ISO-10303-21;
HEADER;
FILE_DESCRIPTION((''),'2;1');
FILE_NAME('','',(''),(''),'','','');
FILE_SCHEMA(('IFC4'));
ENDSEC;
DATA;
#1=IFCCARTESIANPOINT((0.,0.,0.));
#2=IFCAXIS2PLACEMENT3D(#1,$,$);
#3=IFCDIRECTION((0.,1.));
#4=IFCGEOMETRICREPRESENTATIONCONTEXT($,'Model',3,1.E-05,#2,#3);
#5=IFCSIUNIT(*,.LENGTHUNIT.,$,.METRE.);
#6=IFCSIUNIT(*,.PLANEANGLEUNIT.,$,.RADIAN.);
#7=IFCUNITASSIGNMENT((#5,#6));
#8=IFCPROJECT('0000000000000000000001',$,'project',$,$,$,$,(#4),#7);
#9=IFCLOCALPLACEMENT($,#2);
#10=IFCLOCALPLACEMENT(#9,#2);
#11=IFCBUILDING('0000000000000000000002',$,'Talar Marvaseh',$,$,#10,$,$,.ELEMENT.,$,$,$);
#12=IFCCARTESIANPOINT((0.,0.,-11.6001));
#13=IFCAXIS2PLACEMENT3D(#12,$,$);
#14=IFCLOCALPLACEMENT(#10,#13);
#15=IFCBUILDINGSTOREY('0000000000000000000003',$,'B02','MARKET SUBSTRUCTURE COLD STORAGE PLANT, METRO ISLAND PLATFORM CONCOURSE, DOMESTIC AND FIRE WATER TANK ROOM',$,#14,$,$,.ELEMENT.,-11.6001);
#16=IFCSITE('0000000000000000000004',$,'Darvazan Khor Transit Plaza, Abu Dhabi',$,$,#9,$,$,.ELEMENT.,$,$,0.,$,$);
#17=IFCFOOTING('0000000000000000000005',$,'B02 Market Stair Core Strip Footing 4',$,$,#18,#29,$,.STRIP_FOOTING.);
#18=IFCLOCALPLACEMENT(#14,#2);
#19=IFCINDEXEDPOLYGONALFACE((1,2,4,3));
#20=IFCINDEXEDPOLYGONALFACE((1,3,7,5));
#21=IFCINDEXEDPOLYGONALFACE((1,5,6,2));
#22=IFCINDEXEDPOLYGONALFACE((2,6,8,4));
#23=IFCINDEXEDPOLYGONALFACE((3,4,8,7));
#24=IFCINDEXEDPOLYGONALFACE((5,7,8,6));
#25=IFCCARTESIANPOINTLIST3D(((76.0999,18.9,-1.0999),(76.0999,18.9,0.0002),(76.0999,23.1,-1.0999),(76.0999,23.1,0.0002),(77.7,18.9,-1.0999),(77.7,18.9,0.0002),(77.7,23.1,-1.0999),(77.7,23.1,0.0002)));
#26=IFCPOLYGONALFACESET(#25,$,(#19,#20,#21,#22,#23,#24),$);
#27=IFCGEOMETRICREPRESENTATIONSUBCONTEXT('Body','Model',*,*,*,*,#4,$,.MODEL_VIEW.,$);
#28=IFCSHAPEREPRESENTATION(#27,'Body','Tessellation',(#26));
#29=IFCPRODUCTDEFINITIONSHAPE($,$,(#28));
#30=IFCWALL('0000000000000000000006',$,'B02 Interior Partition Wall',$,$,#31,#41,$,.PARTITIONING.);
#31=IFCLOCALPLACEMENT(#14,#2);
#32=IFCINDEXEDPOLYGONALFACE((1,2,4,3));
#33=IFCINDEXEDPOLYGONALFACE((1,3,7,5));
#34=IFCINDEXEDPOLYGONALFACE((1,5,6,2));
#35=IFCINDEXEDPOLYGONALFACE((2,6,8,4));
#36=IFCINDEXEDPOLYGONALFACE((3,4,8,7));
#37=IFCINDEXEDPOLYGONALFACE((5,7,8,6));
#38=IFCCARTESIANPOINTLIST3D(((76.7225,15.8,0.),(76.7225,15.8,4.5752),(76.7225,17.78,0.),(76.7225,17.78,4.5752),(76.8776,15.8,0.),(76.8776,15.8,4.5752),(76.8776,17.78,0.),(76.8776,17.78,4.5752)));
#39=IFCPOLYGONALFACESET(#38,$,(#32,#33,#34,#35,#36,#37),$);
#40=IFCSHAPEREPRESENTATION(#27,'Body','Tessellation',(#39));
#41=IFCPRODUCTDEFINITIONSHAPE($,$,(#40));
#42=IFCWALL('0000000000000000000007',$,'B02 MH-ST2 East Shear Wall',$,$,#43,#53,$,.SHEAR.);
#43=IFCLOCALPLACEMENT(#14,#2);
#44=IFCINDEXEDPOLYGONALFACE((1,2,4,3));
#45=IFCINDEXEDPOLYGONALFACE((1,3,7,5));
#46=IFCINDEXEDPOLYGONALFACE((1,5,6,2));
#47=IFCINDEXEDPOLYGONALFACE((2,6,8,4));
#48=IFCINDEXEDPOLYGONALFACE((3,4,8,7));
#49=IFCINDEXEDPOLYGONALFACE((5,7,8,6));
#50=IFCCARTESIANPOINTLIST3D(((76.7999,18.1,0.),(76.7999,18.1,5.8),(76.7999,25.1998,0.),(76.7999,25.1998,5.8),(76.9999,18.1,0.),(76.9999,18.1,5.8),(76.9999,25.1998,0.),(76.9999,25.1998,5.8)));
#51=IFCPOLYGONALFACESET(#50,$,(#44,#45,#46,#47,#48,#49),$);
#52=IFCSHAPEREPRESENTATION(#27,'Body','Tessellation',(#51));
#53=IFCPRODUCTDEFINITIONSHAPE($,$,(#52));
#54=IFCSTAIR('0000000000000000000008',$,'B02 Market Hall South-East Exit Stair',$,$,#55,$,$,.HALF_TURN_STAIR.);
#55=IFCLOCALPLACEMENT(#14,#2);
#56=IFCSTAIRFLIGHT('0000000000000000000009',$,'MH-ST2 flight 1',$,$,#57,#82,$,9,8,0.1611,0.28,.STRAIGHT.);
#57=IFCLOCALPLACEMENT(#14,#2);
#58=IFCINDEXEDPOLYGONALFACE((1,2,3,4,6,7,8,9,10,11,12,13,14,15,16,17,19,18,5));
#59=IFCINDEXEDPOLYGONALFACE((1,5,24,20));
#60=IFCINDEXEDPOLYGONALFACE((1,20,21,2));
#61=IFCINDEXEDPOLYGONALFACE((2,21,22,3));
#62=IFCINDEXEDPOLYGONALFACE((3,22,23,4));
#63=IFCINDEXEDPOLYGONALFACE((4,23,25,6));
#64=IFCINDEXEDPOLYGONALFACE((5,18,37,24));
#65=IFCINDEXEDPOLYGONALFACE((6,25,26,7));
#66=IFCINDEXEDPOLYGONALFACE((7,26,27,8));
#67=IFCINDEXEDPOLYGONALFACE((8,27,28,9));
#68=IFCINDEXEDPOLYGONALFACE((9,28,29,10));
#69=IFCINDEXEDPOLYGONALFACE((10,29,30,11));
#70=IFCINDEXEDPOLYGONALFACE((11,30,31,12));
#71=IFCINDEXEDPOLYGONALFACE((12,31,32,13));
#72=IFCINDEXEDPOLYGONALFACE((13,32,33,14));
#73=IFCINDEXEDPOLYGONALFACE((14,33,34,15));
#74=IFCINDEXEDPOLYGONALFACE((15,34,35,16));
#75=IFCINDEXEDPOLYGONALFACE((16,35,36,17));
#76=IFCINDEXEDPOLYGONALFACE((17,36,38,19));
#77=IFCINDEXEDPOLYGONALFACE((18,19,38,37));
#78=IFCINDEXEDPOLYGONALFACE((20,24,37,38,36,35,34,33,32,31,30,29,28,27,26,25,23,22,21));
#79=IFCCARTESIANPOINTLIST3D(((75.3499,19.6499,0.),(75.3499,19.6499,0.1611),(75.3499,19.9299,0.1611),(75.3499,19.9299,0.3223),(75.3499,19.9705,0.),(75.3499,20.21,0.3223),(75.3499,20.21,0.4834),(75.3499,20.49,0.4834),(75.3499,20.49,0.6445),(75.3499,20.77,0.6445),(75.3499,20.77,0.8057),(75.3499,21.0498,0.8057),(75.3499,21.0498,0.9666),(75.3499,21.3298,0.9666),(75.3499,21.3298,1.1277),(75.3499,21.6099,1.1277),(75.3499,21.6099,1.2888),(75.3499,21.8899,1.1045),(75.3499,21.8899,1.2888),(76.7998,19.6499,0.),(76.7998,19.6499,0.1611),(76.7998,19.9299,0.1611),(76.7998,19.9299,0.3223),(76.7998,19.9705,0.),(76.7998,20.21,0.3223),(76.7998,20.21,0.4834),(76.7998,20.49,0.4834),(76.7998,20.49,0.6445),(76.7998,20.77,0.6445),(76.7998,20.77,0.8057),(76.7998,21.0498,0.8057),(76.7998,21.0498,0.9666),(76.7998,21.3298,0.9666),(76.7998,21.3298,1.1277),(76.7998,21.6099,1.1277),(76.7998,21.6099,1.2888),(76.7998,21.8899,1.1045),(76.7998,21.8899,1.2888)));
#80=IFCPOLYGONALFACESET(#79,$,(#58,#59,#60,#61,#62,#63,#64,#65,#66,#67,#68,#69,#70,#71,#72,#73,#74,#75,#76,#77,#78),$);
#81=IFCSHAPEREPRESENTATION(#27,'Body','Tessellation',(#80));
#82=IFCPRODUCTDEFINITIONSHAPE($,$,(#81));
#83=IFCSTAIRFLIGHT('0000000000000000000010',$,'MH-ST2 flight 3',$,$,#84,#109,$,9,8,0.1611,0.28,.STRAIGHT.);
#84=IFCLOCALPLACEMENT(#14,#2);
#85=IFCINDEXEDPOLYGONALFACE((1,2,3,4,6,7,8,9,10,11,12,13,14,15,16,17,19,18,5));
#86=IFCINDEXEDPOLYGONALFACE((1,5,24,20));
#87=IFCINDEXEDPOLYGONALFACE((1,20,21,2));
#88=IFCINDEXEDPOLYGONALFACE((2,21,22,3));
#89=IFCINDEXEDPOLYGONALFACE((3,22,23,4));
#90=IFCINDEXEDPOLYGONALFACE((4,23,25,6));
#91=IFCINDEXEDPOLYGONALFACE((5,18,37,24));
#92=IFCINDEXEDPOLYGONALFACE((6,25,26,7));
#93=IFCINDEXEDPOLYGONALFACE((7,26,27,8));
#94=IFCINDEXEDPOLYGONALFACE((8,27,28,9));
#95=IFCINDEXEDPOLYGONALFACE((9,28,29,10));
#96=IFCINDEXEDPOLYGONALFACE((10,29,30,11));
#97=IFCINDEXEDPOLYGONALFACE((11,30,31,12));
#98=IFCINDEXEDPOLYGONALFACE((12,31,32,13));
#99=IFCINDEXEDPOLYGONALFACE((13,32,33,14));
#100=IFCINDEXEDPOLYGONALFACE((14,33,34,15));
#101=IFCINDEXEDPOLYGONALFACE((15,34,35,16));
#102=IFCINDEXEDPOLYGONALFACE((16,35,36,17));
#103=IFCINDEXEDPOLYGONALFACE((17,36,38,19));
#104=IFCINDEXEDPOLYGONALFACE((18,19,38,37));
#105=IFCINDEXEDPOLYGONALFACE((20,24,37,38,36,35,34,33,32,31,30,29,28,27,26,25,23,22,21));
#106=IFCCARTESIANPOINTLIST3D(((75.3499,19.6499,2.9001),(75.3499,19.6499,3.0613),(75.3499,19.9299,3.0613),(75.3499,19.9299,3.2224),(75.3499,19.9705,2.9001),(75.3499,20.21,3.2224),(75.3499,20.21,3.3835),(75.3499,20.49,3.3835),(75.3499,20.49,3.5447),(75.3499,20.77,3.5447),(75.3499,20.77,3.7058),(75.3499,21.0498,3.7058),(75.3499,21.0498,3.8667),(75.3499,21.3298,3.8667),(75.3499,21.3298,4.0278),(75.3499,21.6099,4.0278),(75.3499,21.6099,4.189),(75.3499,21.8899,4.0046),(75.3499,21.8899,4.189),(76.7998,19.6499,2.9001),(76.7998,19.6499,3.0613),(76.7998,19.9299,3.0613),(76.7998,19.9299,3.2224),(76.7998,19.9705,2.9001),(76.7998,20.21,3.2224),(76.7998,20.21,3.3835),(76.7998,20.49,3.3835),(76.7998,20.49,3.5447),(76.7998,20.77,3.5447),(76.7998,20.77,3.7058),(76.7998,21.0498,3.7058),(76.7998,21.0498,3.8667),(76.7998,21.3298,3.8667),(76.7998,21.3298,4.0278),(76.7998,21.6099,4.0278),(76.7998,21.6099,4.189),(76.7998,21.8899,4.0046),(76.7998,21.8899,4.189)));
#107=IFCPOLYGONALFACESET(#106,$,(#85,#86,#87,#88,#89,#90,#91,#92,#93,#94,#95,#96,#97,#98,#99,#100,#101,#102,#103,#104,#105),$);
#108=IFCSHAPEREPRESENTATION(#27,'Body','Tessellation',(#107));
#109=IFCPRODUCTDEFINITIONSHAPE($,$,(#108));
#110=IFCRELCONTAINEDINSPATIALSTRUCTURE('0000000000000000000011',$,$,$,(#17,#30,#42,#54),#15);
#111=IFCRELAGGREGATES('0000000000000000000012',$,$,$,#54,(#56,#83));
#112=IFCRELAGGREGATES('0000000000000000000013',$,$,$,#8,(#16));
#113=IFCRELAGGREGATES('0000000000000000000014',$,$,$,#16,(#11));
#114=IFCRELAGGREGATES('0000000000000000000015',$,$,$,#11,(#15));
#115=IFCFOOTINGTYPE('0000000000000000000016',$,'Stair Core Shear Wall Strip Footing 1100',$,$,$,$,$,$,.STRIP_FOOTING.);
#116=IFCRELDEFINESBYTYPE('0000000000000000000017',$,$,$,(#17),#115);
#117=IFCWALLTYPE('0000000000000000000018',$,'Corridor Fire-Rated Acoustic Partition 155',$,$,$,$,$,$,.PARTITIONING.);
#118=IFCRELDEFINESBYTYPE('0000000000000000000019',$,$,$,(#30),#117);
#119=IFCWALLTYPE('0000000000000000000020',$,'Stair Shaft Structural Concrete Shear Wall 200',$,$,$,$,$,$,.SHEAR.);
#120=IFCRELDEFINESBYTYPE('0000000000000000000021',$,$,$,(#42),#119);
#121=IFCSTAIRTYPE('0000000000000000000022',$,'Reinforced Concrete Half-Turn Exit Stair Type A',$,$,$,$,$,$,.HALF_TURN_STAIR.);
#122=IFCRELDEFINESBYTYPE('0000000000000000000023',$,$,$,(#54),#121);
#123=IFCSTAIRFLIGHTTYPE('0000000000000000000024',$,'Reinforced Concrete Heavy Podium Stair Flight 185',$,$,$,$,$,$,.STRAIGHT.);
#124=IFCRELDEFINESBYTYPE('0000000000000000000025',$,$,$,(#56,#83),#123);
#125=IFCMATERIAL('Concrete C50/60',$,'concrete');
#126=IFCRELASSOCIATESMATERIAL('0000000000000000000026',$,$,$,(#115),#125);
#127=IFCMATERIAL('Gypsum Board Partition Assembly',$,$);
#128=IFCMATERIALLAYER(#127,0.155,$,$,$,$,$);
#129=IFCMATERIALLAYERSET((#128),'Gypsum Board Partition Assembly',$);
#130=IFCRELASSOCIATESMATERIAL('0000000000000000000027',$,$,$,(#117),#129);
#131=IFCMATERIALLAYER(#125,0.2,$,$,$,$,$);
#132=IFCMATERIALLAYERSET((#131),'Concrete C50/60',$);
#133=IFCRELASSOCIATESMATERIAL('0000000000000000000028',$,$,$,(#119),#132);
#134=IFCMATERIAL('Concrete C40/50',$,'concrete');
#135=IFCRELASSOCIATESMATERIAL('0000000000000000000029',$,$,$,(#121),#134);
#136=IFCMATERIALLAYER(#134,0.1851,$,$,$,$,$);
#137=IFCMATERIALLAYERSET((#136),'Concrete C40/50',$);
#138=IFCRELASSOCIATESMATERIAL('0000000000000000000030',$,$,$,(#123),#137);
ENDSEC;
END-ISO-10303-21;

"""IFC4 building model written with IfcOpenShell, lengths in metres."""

from ifc_helpers import new_model, si_unit, direction, frame, frame_2d, origin, origin_2d, place, context, subcontext, project, spatial, polyline, rectangle, outline, extrude, source, transform, mapped, material, layer, layer_set, type_object, type_shapes, element, aggregate, save


model = new_model("IFC4")

# Units and contexts
model_context = context("Model", 3, precision=1e-05, world=origin(), true_north=direction((0.0, 1.0)))
body_context = subcontext(model_context, "Body", "Model", "MODEL_VIEW")
ifc_project = project(units=[si_unit("LENGTHUNIT", "METRE"), si_unit("PLANEANGLEUNIT", "RADIAN")], contexts=[model_context])

# Site, building, storey
site_placement = place(None, origin())
site = spatial("IfcSite", under=ifc_project, at=site_placement, Name="Darvazan Khor Transit Plaza, Abu Dhabi", CompositionType="ELEMENT", RefElevation=0.0)
building_placement = place(site_placement, origin())
building = spatial("IfcBuilding", under=site, at=building_placement, Name="Talar Marvaseh", CompositionType="ELEMENT")
storey_placement = place(building_placement, frame((0.0, 0.0, -11.6001)))
storey = spatial("IfcBuildingStorey", under=building, at=storey_placement, Name="B02", Description="MARKET SUBSTRUCTURE COLD STORAGE PLANT, METRO ISLAND PLATFORM CONCOURSE, DOMESTIC AND FIRE WATER TANK ROOM", CompositionType="ELEMENT", Elevation=-11.6001)

# Shared definitions
ifc_material_1 = material(Name="Concrete C50/60", Category="concrete")

# Footing
footing_type_1 = type_object("IfcFootingType", Name="Stair Core Shear Wall Strip Footing 1100", PredefinedType="STRIP_FOOTING", material=ifc_material_1)
shared_shape_1 = source(origin(), body_context, "Body", "SweptSolid", [
    extrude(rectangle(XDim=4.2, YDim=1.6001, at=origin_2d()), origin(), (0.0, 0.0, 1.0), 1.1001),
])
type_shapes(footing_type_1, [shared_shape_1])
footing_1_placement = place(storey_placement, frame((76.8999, 21.0, -1.0999), z_axis=(0.0, 0.0, 1.0), x_axis=(0.0, 1.0, 0.0)))
element("IfcFooting", 1, at=footing_1_placement, inside=storey, type_object=footing_type_1, Name="B02 Market Stair Core Strip Footing 4", PredefinedType="STRIP_FOOTING", context=body_context, shape_type="MappedRepresentation", body=[
    mapped(shared_shape_1, transform((0.0, 0.0, 0.0), x_axis=(1.0, 0.0, 0.0), y_axis=(0.0, 1.0, 0.0), z_axis=(0.0, 0.0, 1.0), scale=1.0)),
])

# Wall
ifc_material_2 = material(Name="Gypsum Board Partition Assembly")
ifc_layer_1 = layer(ifc_material_2, 0.155)
ifc_layer_set_1 = layer_set([ifc_layer_1], Name="Gypsum Board Partition Assembly")
wall_type_1 = type_object("IfcWallType", Name="Corridor Fire-Rated Acoustic Partition 155", PredefinedType="PARTITIONING", material=ifc_layer_set_1)
wall_1_placement = place(storey_placement, frame((76.8, 17.78, 0.0), z_axis=(0.0, 0.0, 1.0), x_axis=(0.0, -1.0, 0.0)))
element("IfcWall", 2, at=wall_1_placement, inside=storey, type_object=wall_type_1, Name="B02 Interior Partition Wall", PredefinedType="PARTITIONING", context=body_context, shape_type="SweptSolid", body=[
    extrude(rectangle(XDim=1.98, YDim=0.155, at=frame_2d((0.99, 0.0))), origin(), (0.0, 0.0, 1.0), 4.5752),
])

# Shared definitions
ifc_layer_2 = layer(ifc_material_1, 0.2)
ifc_layer_set_2 = layer_set([ifc_layer_2], Name="Concrete C50/60")
wall_type_2 = type_object("IfcWallType", Name="Stair Shaft Structural Concrete Shear Wall 200", PredefinedType="SHEAR", material=ifc_layer_set_2)

# Wall
wall_2_placement = place(storey_placement, frame((76.8999, 18.1001, 0.0), z_axis=(0.0, 0.0, 1.0), x_axis=(0.0, 1.0, 0.0)))
element("IfcWall", 3, at=wall_2_placement, inside=storey, type_object=wall_type_2, Name="B02 MH-ST2 East Shear Wall", PredefinedType="SHEAR", context=body_context, shape_type="SweptSolid", body=[
    extrude(rectangle(XDim=7.0999, YDim=0.2, at=frame_2d((3.5498, 0.0))), origin(), (0.0, 0.0, 1.0), 5.8),
])

# Stair, stair flights
ifc_material_3 = material(Name="Concrete C40/50", Category="concrete")
stair_type = type_object("IfcStairType", Name="Reinforced Concrete Half-Turn Exit Stair Type A", PredefinedType="HALF_TURN_STAIR", material=ifc_material_3)
stair_placement = place(storey_placement, origin())
stair = element("IfcStair", 4, at=stair_placement, inside=storey, type_object=stair_type, Name="B02 Market Hall South-East Exit Stair", PredefinedType="HALF_TURN_STAIR")
ifc_layer_3 = layer(ifc_material_3, 0.1851)
ifc_layer_set_3 = layer_set([ifc_layer_3], Name="Concrete C40/50")
stair_flight_type = type_object("IfcStairFlightType", Name="Reinforced Concrete Heavy Podium Stair Flight 185", PredefinedType="STRAIGHT", material=ifc_layer_set_3)
stair_flight_1_placement = place(storey_placement, frame((76.075, 19.6499, 0.0), z_axis=(0.0, 0.0, 1.0), x_axis=(0.0, 1.0, 0.0)))
stair_flight_1 = element("IfcStairFlight", 5, at=stair_flight_1_placement, type_object=stair_flight_type, Name="MH-ST2 flight 1", NumberOfRisers=9, NumberOfTreads=8, PredefinedType="STRAIGHT", RiserHeight=0.1611, TreadLength=0.28, context=body_context, shape_type="SweptSolid", body=[
    extrude(outline(polyline([(0.0, 0.0), (0.0, 0.1611), (0.28, 0.1611), (0.28, 0.3223), (0.5601, 0.3223), (0.5601, 0.4834), (0.8401, 0.4834), (0.8401, 0.6445), (1.1201, 0.6445), (1.1201, 0.8057), (1.3999, 0.8057), (1.3999, 0.9666), (1.6799, 0.9666), (1.6799, 1.1277), (1.96, 1.1277), (1.96, 1.2888), (2.24, 1.2888), (2.24, 1.45), (2.24, 1.1045), (0.3206, 0.0), (0.0, 0.0)])), frame((0.0, 0.7251, 0.0), z_axis=(0.0, -1.0, 0.0), x_axis=(1.0, 0.0, 0.0)), (0.0, 0.0, 1.0), 1.45),
])
stair_flight_2_placement = place(storey_placement, frame((76.075, 19.6499, 2.9001), z_axis=(0.0, 0.0, 1.0), x_axis=(0.0, 1.0, 0.0)))
stair_flight_2 = element("IfcStairFlight", 6, at=stair_flight_2_placement, type_object=stair_flight_type, Name="MH-ST2 flight 3", NumberOfRisers=9, NumberOfTreads=8, PredefinedType="STRAIGHT", RiserHeight=0.1611, TreadLength=0.28, context=body_context, shape_type="SweptSolid", body=[
    extrude(outline(polyline([(0.0, 0.0), (0.0, 0.1611), (0.28, 0.1611), (0.28, 0.3223), (0.5601, 0.3223), (0.5601, 0.4834), (0.8401, 0.4834), (0.8401, 0.6445), (1.1201, 0.6445), (1.1201, 0.8057), (1.3999, 0.8057), (1.3999, 0.9666), (1.6799, 0.9666), (1.6799, 1.1277), (1.96, 1.1277), (1.96, 1.2888), (2.24, 1.2888), (2.24, 1.45), (2.24, 1.1045), (0.3206, 0.0), (0.0, 0.0)])), frame((0.0, 0.7251, 0.0), z_axis=(0.0, -1.0, 0.0), x_axis=(1.0, 0.0, 0.0)), (0.0, 0.0, 1.0), 1.45),
])
aggregate(stair, [stair_flight_1, stair_flight_2])

save(model, "model.ifc")
